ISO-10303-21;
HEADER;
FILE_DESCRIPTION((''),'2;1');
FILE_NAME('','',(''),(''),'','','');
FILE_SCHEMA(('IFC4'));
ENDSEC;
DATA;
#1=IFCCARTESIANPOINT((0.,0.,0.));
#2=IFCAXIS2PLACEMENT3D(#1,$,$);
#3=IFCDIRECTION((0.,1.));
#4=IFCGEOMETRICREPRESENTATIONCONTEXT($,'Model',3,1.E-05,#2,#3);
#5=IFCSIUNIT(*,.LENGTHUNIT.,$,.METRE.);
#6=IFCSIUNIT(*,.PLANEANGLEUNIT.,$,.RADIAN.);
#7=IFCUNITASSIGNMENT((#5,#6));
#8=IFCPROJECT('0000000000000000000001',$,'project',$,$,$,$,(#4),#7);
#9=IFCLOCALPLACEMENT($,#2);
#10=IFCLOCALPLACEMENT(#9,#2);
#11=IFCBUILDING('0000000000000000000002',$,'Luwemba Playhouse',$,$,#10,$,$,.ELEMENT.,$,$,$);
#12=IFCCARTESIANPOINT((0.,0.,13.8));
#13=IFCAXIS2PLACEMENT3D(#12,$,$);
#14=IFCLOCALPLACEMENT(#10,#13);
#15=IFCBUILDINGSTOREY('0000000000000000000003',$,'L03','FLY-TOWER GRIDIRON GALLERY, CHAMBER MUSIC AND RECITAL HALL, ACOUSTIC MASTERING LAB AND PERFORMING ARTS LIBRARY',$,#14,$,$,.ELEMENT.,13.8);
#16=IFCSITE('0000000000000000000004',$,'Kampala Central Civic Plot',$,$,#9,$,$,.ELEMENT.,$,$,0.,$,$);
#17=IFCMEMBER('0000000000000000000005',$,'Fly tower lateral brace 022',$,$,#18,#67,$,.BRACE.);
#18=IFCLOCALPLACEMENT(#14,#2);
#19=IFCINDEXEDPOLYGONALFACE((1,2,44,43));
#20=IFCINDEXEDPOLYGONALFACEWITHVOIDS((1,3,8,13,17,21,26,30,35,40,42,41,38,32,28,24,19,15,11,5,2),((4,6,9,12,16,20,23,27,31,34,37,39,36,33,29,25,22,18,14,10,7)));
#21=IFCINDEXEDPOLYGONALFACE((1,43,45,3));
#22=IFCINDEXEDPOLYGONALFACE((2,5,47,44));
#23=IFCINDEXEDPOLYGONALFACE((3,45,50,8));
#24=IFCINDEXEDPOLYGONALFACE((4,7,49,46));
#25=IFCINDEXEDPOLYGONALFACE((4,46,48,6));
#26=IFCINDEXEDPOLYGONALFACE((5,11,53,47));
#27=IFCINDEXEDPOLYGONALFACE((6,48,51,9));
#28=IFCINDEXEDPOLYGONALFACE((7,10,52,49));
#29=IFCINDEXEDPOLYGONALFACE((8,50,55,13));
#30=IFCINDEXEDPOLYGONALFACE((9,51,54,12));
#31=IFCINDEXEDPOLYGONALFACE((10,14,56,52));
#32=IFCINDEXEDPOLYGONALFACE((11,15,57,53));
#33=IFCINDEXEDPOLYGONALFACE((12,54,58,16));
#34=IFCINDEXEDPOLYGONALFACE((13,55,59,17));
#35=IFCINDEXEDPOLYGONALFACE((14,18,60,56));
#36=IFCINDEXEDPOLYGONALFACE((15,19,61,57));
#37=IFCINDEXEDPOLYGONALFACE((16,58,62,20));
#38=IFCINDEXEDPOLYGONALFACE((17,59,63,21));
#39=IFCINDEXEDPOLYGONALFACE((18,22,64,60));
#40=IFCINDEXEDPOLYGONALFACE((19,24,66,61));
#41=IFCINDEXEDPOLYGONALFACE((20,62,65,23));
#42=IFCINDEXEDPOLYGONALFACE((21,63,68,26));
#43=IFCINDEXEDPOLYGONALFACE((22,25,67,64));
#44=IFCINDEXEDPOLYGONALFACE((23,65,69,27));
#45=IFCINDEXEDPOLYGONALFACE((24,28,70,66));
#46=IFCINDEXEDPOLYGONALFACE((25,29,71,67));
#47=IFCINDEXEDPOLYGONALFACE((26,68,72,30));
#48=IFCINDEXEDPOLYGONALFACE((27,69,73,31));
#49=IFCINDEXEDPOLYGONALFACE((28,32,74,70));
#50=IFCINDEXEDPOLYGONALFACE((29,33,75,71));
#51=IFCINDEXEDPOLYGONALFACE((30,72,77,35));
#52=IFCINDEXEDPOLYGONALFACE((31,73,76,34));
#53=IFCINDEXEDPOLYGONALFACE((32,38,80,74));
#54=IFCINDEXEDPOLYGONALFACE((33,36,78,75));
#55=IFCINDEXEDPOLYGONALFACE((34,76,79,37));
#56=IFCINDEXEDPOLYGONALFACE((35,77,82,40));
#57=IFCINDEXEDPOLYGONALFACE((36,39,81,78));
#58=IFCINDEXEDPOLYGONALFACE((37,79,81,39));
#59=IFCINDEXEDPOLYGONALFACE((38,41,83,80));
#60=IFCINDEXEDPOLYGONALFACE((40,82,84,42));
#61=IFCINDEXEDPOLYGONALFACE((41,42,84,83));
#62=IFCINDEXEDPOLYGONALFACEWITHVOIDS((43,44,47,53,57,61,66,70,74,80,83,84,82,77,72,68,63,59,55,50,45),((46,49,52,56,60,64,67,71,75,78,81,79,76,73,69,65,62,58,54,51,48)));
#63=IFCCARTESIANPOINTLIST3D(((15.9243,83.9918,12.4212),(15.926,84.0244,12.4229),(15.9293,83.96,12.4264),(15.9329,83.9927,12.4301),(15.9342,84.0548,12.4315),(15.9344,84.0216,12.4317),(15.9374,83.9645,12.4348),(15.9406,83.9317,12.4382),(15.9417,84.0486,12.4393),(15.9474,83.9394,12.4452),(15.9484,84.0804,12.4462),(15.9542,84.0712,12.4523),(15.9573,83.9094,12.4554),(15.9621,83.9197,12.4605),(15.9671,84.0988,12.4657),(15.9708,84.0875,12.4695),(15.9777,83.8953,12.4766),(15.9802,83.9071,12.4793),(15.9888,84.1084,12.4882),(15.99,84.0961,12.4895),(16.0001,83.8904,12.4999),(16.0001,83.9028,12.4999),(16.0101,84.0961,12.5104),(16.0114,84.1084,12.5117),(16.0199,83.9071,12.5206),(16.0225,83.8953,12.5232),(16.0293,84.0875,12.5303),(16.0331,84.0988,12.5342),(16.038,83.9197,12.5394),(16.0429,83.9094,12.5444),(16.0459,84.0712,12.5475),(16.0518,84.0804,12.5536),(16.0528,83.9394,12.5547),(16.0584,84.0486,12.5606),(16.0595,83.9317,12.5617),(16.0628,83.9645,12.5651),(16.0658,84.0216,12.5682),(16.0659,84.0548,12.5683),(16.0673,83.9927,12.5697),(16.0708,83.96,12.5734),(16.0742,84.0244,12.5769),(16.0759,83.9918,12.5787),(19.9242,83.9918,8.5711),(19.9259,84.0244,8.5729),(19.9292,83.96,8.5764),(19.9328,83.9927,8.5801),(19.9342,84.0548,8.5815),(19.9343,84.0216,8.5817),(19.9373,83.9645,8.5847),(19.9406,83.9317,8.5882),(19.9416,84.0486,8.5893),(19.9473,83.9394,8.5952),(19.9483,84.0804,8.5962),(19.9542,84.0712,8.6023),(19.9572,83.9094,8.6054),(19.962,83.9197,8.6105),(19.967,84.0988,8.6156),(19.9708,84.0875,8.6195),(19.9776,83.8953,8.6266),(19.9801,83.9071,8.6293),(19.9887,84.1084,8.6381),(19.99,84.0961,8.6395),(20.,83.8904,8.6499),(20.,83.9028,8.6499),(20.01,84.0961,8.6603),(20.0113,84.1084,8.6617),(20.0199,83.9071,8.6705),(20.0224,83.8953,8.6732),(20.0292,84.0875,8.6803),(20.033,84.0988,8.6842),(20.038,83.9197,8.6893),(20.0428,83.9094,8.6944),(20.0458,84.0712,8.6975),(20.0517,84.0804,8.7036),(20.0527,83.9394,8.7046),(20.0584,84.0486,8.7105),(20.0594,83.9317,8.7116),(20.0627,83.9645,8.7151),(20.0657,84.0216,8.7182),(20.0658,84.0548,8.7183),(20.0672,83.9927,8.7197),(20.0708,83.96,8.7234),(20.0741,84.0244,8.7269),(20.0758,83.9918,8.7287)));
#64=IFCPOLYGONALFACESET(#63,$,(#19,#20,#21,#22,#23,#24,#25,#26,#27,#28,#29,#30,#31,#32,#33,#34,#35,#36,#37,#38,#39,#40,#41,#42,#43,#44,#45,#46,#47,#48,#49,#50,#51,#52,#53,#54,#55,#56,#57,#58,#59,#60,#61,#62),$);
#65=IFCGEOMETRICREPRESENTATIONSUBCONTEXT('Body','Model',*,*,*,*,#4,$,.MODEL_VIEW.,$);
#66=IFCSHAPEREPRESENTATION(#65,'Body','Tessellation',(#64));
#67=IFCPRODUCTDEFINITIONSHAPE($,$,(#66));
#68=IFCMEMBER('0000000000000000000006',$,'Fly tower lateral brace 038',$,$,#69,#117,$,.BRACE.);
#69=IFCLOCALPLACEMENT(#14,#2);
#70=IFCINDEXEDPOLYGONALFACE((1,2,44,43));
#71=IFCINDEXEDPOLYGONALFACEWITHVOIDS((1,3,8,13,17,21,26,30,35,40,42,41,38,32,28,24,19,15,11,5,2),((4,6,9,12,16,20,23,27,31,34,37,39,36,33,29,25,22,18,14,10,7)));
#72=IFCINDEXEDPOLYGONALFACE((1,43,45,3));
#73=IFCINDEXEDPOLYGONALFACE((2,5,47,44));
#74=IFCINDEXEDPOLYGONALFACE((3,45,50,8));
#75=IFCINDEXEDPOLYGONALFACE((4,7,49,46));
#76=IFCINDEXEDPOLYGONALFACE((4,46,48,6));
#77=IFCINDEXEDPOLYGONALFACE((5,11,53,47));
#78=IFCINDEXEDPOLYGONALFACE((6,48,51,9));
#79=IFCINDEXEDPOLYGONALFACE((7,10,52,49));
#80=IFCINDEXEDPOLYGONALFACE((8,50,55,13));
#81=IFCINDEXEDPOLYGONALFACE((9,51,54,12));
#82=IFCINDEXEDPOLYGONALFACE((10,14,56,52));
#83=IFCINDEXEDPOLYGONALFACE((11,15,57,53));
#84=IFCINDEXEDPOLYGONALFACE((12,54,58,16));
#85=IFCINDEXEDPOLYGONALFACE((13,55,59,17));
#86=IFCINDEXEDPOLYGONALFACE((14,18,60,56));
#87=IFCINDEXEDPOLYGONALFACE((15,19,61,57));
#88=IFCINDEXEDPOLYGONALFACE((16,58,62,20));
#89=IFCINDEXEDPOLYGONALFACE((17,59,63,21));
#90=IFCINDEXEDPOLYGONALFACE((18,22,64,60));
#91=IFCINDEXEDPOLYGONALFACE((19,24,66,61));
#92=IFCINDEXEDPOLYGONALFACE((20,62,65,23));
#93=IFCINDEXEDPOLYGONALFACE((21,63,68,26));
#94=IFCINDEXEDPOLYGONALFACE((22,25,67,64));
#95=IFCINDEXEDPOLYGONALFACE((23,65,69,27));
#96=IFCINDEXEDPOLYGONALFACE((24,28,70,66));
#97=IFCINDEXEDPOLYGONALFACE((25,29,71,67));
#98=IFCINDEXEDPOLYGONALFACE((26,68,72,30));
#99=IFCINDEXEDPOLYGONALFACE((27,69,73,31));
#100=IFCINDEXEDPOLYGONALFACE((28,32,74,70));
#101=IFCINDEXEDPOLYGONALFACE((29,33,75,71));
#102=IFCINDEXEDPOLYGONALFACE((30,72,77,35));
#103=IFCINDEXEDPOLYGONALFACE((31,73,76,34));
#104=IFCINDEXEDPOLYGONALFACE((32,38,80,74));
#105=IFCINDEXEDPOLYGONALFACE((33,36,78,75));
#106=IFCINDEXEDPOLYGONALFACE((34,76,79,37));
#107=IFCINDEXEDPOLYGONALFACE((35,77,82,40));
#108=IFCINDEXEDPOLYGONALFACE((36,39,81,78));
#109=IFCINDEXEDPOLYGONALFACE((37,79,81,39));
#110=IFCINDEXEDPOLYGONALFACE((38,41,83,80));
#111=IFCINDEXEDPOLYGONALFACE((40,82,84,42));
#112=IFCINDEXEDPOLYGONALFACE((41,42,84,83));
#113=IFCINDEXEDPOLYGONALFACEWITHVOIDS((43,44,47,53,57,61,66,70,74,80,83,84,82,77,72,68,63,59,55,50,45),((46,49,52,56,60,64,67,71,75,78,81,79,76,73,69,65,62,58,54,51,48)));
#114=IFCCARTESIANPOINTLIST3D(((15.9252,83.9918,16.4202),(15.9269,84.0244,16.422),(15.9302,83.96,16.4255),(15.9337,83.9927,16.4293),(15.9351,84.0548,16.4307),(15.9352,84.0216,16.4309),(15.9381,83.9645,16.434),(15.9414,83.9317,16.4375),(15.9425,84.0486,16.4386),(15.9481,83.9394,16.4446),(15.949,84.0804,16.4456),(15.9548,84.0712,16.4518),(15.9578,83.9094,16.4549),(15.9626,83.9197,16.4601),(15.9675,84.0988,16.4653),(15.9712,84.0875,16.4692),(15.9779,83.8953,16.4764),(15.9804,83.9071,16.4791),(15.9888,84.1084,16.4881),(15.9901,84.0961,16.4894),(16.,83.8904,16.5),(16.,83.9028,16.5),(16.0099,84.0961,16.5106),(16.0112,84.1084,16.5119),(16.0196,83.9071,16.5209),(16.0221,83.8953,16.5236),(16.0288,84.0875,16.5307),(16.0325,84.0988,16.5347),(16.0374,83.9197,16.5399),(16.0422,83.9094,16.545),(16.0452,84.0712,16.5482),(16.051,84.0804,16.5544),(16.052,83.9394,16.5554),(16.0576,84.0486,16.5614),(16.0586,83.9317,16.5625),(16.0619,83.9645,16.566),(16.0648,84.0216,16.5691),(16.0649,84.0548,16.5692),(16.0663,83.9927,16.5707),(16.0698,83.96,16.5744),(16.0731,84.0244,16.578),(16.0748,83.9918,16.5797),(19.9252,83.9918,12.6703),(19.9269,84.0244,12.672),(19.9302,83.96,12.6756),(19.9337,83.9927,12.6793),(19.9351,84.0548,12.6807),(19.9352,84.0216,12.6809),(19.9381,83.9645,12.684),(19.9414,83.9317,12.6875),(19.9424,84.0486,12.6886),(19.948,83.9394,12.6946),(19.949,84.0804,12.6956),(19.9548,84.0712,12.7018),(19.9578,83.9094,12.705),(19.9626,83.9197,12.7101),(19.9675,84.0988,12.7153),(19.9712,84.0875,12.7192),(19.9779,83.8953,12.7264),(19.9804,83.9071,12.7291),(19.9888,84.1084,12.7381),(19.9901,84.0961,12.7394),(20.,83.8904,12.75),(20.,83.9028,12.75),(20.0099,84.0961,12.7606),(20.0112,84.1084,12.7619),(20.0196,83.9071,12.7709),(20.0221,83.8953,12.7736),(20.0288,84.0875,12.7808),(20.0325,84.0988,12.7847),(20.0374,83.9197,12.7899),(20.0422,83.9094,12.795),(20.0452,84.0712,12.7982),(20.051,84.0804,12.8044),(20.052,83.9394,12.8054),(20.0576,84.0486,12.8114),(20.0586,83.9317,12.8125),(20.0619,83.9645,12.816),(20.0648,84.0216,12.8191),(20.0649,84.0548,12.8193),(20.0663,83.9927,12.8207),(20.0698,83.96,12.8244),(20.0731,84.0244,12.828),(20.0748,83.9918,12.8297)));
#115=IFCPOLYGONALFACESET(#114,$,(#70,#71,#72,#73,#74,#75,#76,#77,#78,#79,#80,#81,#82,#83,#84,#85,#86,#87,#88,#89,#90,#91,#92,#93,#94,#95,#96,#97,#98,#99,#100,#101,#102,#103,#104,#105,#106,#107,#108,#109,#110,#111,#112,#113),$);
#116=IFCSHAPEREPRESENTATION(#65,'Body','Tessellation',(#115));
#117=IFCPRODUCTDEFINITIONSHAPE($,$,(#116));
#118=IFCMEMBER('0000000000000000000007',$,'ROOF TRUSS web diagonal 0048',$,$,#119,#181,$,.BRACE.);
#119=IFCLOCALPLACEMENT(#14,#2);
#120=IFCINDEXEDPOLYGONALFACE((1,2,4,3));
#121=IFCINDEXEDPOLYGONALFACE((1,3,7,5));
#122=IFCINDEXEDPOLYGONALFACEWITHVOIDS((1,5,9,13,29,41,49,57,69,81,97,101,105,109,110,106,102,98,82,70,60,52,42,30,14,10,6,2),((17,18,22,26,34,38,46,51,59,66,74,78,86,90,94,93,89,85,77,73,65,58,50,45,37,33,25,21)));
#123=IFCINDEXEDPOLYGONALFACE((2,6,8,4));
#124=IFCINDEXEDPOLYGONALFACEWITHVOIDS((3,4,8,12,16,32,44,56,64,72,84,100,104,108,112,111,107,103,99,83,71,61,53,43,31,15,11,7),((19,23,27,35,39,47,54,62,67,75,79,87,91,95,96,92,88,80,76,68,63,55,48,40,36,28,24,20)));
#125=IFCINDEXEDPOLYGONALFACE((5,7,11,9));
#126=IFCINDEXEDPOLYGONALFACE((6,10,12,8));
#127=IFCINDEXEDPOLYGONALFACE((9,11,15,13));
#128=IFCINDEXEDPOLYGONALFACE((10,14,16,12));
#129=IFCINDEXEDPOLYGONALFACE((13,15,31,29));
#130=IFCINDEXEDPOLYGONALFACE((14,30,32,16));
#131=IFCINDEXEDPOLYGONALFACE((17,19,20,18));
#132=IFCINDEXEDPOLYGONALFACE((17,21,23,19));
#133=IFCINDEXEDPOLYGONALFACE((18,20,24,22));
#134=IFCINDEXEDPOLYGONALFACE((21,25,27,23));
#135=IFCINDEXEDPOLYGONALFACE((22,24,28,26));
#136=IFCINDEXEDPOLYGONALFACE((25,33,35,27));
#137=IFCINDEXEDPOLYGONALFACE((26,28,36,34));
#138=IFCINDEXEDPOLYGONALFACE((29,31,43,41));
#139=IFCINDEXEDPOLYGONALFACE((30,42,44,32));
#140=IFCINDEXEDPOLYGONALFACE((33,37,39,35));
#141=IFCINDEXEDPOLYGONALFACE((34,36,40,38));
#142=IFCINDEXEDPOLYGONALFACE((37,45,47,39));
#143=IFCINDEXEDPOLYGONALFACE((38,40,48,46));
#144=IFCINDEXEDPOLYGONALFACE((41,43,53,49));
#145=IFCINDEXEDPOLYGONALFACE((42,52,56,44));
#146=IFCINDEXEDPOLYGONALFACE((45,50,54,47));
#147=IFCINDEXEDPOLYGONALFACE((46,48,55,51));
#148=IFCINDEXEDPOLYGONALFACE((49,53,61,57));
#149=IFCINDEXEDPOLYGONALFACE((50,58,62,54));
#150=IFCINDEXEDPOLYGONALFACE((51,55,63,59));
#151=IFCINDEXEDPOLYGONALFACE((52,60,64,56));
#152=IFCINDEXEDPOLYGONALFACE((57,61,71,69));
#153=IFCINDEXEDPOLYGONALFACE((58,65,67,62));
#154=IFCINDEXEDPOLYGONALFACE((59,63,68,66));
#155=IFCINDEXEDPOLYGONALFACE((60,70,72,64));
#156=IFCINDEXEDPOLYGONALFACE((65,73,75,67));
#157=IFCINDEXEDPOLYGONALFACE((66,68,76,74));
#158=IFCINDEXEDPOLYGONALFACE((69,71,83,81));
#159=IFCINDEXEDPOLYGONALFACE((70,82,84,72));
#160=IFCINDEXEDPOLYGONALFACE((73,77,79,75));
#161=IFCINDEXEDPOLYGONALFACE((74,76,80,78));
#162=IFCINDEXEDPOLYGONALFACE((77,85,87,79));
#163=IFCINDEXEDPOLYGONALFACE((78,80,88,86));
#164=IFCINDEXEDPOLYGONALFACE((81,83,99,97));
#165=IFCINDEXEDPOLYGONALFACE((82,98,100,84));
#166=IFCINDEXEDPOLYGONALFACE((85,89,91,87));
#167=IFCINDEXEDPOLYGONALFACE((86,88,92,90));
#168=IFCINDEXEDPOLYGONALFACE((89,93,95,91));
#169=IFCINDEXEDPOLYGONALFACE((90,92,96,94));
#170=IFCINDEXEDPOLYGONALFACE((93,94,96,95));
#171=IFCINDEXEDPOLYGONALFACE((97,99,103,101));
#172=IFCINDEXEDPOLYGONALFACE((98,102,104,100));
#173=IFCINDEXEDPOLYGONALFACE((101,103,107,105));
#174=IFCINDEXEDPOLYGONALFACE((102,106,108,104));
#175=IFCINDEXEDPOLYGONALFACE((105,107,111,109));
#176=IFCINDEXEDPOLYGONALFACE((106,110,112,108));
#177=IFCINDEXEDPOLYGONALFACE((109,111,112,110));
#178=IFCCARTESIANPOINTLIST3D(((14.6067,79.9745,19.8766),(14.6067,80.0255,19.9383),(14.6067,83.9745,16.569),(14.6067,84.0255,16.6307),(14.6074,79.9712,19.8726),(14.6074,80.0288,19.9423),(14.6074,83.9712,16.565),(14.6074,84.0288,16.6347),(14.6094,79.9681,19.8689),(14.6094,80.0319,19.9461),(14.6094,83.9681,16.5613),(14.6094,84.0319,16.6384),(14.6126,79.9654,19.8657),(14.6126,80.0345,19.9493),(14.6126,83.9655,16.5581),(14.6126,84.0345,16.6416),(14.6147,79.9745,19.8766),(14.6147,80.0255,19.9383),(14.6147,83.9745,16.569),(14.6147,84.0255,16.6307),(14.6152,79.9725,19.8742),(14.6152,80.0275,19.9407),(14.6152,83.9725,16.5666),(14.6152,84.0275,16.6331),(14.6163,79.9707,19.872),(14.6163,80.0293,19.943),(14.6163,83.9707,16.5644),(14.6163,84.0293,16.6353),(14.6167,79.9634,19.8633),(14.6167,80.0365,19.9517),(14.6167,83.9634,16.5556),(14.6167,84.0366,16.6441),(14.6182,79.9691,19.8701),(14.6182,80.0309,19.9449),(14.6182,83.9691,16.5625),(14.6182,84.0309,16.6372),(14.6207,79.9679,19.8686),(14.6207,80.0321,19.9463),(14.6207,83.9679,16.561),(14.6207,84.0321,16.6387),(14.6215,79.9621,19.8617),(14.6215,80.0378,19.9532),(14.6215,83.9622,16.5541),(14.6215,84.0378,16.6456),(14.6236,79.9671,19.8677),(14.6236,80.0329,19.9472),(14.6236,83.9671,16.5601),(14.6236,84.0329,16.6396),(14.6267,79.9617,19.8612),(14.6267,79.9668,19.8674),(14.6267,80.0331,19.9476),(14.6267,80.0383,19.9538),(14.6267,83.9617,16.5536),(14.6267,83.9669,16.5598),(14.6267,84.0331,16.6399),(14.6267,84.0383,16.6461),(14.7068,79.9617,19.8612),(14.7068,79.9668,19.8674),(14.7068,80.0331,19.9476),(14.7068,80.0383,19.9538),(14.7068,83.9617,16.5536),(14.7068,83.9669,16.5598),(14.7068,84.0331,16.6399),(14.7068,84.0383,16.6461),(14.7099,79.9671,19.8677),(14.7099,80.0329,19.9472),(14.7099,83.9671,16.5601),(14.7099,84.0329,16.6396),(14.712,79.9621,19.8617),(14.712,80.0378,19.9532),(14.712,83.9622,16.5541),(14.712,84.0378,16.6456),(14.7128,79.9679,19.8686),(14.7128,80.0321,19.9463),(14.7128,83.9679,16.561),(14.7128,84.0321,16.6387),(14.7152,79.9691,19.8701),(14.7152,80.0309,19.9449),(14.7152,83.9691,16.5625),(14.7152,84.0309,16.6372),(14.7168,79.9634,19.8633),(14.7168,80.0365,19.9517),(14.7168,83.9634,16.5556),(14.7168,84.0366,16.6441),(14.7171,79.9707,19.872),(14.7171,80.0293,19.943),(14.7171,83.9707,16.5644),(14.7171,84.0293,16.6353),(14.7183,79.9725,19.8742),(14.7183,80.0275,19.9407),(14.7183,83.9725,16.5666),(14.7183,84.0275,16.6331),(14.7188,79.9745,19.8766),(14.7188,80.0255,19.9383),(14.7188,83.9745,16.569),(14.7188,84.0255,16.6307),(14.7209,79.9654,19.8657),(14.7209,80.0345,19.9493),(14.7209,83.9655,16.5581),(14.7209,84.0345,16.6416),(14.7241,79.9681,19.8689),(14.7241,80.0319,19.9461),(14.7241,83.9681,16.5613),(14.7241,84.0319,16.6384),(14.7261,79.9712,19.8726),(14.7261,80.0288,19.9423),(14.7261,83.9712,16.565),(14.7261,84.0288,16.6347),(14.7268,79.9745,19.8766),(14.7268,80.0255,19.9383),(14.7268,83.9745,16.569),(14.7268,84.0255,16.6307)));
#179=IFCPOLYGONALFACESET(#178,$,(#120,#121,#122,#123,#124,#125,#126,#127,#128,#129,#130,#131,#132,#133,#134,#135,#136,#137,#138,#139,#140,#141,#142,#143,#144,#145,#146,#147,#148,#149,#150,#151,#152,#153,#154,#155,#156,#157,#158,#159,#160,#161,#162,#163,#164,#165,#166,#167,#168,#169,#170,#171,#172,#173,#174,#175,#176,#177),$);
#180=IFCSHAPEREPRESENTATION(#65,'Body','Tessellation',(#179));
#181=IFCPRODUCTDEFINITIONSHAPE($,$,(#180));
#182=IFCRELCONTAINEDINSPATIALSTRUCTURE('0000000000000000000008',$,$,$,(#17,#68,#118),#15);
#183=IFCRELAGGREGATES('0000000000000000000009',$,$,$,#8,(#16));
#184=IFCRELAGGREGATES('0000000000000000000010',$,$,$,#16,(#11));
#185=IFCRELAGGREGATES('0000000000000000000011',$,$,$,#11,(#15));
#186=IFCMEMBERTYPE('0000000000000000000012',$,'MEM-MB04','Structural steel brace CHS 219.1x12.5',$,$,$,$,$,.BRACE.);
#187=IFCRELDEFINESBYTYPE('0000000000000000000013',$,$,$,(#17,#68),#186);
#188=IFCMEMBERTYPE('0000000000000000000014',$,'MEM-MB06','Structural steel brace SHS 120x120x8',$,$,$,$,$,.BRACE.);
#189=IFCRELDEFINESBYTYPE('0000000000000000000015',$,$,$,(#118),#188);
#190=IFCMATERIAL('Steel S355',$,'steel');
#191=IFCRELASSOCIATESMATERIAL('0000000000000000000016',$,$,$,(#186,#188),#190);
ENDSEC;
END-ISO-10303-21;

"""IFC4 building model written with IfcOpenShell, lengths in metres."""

from ifc_helpers import new_model, si_unit, direction, frame, origin, origin_2d, place, context, subcontext, project, spatial, hollow_rectangle, hollow_circle, extrude, material, material_profile, profile_set, type_object, element, save


model = new_model("IFC4")

# Units and contexts
model_context = context("Model", 3, precision=1e-05, world=origin(), true_north=direction((0.0, 1.0)))
body_context = subcontext(model_context, "Body", "Model", "MODEL_VIEW")
ifc_project = project(units=[si_unit("LENGTHUNIT", "METRE"), si_unit("PLANEANGLEUNIT", "RADIAN")], contexts=[model_context])

# Site, building, storey
site_placement = place(None, origin())
site = spatial("IfcSite", under=ifc_project, at=site_placement, Name="Kampala Central Civic Plot", CompositionType="ELEMENT", RefElevation=0.0)
building_placement = place(site_placement, origin())
building = spatial("IfcBuilding", under=site, at=building_placement, Name="Luwemba Playhouse", CompositionType="ELEMENT")
storey_placement = place(building_placement, frame((0.0, 0.0, 13.8)))
storey = spatial("IfcBuildingStorey", under=building, at=storey_placement, Name="L03", Description="FLY-TOWER GRIDIRON GALLERY, CHAMBER MUSIC AND RECITAL HALL, ACOUSTIC MASTERING LAB AND PERFORMING ARTS LIBRARY", CompositionType="ELEMENT", Elevation=13.8)

# Shared definitions
ifc_material_1 = material(Name="Steel S355", Category="steel")

# Members
ifc_material_profile_1 = material_profile(ifc_material_1, hollow_circle(Radius=0.1096, WallThickness=0.0125, at=origin_2d()))
ifc_profile_set_1 = profile_set([ifc_material_profile_1], Name="Steel S355")
member_type_1 = type_object("IfcMemberType", Name="MEM-MB04", Description="Structural steel brace CHS 219.1x12.5", PredefinedType="BRACE", material=ifc_profile_set_1)
member_1_placement = place(storey_placement, frame((20.0, 84.0, 8.6499), z_axis=(-0.720478, 0.0, 0.693478), x_axis=(0.0, -1.0, 0.0)))
element("IfcMember", 1, at=member_1_placement, inside=storey, type_object=member_type_1, Name="Fly tower lateral brace 022", PredefinedType="BRACE", context=body_context, shape_type="SweptSolid", body=[
    extrude(hollow_circle(Radius=0.1096, WallThickness=0.0125, at=origin_2d()), origin(), (0.0, 0.0, 1.0), 5.5518),
])
member_2_placement = place(storey_placement, frame((20.0, 84.0, 12.75), z_axis=(-0.729537, 0.0, 0.683941), x_axis=(0.0, -1.0, 0.0)))
element("IfcMember", 2, at=member_2_placement, inside=storey, type_object=member_type_1, Name="Fly tower lateral brace 038", PredefinedType="BRACE", context=body_context, shape_type="SweptSolid", body=[
    extrude(hollow_circle(Radius=0.1096, WallThickness=0.0125, at=origin_2d()), origin(), (0.0, 0.0, 1.0), 5.4829),
])
ifc_material_profile_2 = material_profile(ifc_material_1, hollow_rectangle(XDim=0.1201, YDim=0.1201, WallThickness=0.0081, InnerFilletRadius=0.012, OuterFilletRadius=0.02, at=origin_2d()))
ifc_profile_set_2 = profile_set([ifc_material_profile_2], Name="Steel S355")
member_type_2 = type_object("IfcMemberType", Name="MEM-MB06", Description="Structural steel brace SHS 120x120x8", PredefinedType="BRACE", material=ifc_profile_set_2)
member_3_placement = place(storey_placement, frame((14.6667, 84.0, 16.5999), z_axis=(0.0, -0.770652, 0.637256), x_axis=(1.0, 0.0, 0.0)))
element("IfcMember", 3, at=member_3_placement, inside=storey, type_object=member_type_2, Name="ROOF TRUSS web diagonal 0048", PredefinedType="BRACE", context=body_context, shape_type="SweptSolid", body=[
    extrude(hollow_rectangle(XDim=0.1201, YDim=0.1201, WallThickness=0.0081, InnerFilletRadius=0.012, OuterFilletRadius=0.02, at=origin_2d()), origin(), (0.0, 0.0, 1.0), 5.1904),
])

save(model, "model.ifc")
